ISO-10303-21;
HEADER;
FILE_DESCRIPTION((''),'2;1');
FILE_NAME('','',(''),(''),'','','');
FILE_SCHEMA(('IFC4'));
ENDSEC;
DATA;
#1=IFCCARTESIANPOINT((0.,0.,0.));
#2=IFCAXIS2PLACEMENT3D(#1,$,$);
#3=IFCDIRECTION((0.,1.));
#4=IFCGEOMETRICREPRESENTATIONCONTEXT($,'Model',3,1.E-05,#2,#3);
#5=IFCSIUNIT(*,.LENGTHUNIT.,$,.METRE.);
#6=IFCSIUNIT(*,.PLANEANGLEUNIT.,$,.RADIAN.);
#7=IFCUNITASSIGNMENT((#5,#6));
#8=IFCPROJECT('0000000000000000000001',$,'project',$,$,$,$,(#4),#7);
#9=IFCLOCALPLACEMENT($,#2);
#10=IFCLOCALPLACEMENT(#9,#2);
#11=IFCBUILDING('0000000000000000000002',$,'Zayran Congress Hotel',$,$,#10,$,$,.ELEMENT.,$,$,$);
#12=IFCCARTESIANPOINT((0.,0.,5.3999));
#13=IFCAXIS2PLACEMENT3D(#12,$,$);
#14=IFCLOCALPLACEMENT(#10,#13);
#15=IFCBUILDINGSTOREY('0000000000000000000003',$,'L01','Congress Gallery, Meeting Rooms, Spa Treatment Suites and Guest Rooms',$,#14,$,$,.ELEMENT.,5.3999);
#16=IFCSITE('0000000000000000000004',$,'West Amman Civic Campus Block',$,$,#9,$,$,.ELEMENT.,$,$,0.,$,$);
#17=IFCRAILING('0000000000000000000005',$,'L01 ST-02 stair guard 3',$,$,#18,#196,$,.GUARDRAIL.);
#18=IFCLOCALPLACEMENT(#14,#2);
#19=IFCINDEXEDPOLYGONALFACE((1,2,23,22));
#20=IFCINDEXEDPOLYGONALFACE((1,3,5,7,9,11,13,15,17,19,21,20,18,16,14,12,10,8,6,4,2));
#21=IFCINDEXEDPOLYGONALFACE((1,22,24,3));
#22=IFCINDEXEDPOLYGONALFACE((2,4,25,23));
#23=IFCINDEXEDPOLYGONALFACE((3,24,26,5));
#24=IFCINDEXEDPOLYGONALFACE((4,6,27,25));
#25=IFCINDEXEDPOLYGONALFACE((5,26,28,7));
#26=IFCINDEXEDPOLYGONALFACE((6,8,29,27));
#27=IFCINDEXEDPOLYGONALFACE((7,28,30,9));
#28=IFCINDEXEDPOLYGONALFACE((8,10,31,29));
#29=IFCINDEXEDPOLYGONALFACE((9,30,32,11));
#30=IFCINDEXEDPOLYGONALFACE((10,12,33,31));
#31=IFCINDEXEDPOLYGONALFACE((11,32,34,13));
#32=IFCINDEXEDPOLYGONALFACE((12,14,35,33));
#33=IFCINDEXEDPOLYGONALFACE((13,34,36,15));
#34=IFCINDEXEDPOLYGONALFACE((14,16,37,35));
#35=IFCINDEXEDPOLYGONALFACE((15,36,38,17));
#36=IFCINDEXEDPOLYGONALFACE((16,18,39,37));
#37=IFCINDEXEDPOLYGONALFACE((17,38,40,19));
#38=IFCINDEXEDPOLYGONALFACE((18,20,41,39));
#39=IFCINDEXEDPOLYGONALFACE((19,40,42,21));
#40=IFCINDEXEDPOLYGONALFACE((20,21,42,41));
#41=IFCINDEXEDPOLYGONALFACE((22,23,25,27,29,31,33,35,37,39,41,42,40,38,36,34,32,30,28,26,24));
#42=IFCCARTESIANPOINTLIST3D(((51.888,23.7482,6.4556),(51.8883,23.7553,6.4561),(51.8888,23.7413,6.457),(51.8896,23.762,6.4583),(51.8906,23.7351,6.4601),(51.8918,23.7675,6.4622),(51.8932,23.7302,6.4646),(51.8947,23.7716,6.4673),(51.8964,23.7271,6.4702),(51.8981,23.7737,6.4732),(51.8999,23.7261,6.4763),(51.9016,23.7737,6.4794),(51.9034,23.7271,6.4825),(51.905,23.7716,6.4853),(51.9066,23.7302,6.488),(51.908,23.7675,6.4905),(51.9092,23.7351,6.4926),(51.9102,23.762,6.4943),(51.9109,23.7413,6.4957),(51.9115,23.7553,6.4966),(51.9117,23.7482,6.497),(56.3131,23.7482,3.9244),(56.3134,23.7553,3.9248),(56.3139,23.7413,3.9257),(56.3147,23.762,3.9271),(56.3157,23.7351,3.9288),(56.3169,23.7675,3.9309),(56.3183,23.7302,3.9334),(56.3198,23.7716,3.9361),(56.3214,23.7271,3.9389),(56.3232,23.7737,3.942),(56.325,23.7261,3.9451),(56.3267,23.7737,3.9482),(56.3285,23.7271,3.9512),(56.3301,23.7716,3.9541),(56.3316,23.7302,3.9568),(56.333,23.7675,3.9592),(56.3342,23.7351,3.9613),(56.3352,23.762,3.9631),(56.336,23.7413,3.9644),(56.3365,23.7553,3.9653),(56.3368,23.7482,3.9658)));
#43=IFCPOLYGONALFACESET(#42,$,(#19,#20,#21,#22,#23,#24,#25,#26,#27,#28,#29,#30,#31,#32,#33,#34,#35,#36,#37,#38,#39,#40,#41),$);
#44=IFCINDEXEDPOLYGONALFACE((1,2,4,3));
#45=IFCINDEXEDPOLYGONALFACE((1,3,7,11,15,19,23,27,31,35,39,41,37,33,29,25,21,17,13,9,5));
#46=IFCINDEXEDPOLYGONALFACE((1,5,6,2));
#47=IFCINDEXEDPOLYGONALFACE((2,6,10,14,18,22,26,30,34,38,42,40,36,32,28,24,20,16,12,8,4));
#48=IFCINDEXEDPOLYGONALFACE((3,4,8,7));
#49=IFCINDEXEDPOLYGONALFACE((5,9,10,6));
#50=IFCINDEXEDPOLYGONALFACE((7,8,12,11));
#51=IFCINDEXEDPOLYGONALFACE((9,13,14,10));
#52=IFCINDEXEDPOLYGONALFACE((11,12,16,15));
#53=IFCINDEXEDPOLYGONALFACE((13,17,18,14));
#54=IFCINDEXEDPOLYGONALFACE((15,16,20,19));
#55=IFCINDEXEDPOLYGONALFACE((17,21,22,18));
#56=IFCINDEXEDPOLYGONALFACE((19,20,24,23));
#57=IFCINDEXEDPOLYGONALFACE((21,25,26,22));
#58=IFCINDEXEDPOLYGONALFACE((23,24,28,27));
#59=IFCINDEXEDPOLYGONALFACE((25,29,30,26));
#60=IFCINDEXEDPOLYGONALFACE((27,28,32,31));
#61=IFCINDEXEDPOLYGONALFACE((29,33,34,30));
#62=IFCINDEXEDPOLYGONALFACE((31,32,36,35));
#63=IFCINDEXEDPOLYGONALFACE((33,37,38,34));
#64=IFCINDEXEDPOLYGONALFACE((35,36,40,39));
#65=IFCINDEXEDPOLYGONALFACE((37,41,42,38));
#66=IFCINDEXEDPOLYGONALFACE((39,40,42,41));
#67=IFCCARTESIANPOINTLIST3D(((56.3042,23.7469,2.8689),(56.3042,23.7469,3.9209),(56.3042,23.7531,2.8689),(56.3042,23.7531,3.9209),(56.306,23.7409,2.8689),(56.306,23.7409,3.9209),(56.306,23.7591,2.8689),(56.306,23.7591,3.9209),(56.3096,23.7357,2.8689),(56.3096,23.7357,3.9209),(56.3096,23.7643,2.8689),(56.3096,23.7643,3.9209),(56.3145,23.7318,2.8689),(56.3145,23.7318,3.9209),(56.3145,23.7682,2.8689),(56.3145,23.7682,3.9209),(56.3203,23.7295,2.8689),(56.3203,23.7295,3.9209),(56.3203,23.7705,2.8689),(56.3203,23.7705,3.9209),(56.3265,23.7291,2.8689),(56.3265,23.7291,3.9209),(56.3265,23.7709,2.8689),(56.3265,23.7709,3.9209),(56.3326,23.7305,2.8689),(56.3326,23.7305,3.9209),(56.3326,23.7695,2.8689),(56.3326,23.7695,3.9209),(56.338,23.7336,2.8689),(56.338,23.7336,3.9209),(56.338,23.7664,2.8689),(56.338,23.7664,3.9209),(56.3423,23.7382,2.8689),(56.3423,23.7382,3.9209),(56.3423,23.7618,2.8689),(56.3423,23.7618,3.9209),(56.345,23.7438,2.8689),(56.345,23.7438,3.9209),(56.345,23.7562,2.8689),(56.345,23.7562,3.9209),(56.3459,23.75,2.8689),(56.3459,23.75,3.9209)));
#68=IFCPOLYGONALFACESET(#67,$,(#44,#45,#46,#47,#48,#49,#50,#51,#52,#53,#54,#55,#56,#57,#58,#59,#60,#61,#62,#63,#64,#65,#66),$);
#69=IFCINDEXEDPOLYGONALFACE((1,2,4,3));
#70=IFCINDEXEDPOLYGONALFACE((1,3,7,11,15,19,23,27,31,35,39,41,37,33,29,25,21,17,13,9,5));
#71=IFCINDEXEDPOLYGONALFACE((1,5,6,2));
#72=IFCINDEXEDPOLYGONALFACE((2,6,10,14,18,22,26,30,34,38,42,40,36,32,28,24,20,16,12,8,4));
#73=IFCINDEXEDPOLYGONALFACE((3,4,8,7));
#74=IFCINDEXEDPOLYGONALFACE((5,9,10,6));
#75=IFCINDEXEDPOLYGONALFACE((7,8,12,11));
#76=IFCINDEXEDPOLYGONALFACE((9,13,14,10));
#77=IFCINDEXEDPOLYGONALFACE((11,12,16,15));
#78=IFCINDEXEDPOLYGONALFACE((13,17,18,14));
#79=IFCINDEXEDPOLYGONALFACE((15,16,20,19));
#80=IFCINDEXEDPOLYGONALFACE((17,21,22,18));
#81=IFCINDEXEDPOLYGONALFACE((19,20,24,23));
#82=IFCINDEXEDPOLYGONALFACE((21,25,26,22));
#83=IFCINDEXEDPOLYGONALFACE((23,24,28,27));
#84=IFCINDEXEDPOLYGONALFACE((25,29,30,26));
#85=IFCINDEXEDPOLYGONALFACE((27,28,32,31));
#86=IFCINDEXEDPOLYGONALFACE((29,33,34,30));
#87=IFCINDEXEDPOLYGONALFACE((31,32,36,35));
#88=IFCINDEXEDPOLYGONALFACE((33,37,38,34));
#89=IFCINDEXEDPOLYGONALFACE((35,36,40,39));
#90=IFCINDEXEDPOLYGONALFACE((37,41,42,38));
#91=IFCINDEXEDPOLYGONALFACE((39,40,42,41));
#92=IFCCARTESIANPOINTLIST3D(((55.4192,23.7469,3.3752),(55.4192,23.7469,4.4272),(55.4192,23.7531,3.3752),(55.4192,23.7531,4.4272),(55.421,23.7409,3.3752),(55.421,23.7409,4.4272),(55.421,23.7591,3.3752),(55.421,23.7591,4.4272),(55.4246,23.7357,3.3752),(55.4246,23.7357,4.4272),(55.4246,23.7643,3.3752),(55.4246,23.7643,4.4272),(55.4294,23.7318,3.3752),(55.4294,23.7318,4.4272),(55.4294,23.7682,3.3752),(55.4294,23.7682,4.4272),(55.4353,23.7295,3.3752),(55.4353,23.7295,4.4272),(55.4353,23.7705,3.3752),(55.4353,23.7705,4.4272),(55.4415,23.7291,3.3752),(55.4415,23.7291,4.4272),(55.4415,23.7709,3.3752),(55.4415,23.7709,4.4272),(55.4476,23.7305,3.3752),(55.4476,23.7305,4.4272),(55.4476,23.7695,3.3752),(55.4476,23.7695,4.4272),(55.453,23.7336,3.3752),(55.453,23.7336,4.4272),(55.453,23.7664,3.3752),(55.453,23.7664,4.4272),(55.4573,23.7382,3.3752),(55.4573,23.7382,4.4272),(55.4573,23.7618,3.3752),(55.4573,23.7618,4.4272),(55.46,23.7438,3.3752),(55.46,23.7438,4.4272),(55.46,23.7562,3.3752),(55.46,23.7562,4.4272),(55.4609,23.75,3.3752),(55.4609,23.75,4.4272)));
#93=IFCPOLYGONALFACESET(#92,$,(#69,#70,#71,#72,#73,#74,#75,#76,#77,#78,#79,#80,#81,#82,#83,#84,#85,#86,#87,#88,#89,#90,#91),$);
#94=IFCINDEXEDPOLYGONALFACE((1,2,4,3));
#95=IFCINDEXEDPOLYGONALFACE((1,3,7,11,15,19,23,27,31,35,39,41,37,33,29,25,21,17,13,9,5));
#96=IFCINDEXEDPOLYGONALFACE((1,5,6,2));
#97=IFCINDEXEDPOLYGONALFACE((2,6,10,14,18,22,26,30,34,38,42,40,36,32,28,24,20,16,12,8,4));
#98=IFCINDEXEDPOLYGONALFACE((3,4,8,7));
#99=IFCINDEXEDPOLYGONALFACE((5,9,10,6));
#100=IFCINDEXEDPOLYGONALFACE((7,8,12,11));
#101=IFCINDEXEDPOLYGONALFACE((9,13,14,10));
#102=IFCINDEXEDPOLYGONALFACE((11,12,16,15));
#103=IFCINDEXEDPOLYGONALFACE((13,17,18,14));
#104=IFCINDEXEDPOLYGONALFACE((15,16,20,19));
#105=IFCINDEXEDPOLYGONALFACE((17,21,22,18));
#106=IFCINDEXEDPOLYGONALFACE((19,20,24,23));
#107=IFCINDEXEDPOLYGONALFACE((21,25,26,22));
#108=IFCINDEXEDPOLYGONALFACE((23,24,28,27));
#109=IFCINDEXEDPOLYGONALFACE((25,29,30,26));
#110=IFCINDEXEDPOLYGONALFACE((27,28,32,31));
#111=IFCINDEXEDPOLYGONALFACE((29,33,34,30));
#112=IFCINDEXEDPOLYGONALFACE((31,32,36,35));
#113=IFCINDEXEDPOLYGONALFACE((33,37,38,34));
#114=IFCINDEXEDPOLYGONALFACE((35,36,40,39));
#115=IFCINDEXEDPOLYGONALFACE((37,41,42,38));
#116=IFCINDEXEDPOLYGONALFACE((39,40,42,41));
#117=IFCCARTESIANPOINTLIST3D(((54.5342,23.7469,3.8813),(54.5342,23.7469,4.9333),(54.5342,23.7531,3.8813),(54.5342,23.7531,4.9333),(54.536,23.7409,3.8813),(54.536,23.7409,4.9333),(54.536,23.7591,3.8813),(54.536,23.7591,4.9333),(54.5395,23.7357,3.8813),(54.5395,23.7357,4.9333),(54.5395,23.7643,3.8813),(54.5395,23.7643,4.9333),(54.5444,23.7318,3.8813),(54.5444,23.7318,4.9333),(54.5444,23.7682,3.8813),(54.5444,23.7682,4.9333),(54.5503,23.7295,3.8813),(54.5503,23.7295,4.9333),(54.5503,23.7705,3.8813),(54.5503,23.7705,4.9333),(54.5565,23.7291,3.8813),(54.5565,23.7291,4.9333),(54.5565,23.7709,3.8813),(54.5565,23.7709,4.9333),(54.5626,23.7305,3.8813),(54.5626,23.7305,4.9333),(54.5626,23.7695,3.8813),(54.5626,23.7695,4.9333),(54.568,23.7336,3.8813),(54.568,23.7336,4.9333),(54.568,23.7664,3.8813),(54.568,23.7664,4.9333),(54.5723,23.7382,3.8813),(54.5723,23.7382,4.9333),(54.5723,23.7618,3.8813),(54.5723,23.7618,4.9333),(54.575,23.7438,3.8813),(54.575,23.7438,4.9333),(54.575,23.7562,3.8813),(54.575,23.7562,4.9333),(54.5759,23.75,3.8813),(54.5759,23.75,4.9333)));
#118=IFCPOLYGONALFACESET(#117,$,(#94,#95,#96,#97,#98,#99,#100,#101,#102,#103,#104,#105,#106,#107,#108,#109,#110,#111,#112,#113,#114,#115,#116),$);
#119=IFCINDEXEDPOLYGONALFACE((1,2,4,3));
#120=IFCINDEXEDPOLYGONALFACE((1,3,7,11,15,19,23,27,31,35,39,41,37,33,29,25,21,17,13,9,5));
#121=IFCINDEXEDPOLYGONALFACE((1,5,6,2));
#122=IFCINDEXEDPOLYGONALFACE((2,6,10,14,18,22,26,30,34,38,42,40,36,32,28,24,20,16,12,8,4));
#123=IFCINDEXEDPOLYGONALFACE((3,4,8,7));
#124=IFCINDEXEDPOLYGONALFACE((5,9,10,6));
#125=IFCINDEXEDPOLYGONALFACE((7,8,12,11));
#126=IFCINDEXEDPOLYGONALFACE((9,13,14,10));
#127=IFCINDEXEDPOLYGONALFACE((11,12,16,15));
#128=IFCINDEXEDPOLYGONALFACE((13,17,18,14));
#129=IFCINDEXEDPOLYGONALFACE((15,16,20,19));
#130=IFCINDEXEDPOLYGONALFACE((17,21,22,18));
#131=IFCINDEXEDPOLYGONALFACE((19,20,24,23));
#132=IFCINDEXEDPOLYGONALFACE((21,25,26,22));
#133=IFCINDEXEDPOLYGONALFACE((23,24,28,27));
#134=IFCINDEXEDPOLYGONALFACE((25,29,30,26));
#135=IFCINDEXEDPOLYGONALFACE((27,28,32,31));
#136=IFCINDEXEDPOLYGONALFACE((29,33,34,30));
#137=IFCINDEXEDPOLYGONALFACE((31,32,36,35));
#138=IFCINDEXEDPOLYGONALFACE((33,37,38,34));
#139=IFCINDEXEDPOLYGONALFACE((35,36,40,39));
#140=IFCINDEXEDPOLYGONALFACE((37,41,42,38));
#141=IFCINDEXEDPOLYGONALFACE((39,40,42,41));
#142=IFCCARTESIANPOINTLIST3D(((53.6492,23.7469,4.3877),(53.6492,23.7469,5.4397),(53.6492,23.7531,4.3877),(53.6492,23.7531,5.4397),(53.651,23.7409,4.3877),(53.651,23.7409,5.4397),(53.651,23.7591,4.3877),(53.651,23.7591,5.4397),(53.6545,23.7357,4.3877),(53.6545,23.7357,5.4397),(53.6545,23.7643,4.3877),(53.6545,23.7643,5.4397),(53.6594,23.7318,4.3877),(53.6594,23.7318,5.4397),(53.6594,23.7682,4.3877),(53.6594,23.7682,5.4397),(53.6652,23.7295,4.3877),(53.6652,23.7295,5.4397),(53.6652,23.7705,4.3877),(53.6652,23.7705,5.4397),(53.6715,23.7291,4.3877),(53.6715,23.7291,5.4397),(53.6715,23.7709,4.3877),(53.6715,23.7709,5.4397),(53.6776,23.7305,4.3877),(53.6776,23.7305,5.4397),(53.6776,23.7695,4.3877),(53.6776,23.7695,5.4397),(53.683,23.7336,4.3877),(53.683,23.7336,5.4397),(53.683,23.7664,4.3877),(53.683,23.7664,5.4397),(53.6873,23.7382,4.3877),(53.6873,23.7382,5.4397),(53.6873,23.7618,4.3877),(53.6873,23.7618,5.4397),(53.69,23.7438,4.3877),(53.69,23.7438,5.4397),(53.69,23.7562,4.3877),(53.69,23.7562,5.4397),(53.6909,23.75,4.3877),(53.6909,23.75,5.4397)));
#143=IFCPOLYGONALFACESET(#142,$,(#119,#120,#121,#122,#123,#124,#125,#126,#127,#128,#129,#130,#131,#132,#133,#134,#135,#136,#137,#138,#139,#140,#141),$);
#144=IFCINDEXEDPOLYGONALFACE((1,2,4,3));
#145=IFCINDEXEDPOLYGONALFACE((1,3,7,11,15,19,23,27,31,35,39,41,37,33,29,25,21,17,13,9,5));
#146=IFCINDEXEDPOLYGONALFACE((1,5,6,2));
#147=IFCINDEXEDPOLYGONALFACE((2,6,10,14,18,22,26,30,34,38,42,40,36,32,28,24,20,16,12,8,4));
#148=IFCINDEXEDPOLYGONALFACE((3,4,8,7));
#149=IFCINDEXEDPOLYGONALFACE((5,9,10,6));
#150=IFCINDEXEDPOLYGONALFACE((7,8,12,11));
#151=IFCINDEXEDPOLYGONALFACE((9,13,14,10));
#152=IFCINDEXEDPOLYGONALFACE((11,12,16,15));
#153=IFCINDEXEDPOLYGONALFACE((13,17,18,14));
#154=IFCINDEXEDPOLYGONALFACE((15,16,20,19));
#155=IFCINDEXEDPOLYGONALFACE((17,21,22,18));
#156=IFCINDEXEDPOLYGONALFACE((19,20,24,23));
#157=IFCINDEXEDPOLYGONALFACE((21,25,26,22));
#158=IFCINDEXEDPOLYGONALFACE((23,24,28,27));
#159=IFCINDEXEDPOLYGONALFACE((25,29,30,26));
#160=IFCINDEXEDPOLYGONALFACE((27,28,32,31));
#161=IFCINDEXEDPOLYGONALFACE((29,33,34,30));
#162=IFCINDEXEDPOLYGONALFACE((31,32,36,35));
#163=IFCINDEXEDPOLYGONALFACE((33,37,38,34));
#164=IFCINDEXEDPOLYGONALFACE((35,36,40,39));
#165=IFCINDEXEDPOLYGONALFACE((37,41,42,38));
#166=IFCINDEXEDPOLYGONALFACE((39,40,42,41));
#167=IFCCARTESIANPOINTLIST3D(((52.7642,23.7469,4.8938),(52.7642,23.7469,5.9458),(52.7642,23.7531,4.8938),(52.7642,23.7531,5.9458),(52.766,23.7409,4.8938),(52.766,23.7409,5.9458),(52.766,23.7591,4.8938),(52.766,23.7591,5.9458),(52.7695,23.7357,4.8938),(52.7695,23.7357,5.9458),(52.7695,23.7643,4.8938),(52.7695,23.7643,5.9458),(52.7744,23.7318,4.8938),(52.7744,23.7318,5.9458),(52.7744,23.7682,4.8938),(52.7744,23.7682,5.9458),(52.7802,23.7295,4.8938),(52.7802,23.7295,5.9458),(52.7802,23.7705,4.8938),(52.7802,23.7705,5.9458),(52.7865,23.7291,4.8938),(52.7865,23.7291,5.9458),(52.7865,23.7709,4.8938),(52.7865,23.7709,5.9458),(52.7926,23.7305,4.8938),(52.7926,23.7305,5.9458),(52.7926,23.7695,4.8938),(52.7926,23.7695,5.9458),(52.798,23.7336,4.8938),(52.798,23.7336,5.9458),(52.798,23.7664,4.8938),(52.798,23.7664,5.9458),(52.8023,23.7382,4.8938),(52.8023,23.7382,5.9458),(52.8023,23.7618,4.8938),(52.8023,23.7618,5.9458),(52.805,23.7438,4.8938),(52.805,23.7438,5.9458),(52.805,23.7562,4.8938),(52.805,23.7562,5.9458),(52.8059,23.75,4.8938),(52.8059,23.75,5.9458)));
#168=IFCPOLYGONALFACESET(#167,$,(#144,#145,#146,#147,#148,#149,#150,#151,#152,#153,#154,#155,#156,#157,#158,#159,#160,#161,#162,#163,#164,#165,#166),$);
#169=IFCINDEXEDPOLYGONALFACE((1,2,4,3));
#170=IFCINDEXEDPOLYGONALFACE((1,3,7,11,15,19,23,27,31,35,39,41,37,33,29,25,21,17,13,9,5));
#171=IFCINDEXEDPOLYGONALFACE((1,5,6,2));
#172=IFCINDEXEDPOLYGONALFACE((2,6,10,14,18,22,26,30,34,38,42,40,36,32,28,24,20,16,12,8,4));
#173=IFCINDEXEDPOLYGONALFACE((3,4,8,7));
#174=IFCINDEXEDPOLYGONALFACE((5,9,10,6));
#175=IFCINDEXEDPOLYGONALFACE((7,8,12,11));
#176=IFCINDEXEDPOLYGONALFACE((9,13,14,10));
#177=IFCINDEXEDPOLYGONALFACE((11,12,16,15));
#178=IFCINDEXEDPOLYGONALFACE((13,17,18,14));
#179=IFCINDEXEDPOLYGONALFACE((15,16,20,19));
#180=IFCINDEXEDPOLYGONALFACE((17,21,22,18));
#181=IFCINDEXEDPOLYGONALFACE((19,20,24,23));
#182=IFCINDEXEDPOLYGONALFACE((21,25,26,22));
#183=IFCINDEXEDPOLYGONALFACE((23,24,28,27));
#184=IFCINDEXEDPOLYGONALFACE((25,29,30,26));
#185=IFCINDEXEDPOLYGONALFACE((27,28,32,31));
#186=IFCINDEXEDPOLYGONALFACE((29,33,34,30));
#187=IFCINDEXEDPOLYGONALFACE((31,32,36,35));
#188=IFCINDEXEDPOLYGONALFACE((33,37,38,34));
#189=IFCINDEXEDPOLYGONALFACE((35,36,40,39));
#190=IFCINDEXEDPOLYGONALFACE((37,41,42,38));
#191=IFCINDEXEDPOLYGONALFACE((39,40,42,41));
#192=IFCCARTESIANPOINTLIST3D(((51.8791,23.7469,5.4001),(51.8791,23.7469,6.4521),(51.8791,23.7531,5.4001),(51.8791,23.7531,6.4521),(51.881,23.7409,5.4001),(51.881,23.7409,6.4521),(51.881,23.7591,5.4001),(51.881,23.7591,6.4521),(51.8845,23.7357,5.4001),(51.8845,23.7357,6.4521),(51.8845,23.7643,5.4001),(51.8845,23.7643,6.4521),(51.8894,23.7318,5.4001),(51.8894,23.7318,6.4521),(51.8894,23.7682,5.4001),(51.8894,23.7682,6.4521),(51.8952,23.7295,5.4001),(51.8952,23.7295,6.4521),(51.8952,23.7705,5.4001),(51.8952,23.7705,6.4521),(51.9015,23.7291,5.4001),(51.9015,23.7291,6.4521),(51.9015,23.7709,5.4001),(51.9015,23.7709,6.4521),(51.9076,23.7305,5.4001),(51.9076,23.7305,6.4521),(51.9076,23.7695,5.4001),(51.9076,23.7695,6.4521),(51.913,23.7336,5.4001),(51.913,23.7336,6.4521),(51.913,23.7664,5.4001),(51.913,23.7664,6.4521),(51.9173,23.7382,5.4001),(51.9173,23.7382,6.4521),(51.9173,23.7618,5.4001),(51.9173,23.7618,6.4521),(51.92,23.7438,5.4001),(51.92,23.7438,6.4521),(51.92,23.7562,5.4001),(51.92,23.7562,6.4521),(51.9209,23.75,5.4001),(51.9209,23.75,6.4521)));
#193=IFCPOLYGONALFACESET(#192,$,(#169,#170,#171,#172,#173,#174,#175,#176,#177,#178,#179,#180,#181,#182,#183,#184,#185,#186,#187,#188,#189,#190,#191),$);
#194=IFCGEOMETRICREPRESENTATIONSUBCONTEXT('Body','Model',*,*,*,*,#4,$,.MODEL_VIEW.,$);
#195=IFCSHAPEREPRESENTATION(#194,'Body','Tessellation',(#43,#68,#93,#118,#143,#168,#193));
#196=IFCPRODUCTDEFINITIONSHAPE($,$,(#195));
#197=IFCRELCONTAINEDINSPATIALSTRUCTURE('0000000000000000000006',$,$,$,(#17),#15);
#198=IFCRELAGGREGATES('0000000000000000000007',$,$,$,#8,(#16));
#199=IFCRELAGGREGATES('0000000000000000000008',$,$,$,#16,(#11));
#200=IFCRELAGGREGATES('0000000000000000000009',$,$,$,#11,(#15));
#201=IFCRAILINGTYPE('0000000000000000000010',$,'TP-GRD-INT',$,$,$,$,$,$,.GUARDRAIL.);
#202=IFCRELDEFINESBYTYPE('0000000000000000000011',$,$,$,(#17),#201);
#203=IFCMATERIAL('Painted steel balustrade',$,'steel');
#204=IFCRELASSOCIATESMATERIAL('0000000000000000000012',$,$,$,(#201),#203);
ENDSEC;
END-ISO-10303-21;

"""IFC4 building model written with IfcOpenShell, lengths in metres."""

from ifc_helpers import new_model, si_unit, direction, frame, origin, origin_2d, place, context, subcontext, project, spatial, circle, extrude, material, type_object, element, save


model = new_model("IFC4")

# Units and contexts
model_context = context("Model", 3, precision=1e-05, world=origin(), true_north=direction((0.0, 1.0)))
body_context = subcontext(model_context, "Body", "Model", "MODEL_VIEW")
ifc_project = project(units=[si_unit("LENGTHUNIT", "METRE"), si_unit("PLANEANGLEUNIT", "RADIAN")], contexts=[model_context])

# Site, building, storey
site_placement = place(None, origin())
site = spatial("IfcSite", under=ifc_project, at=site_placement, Name="West Amman Civic Campus Block", CompositionType="ELEMENT", RefElevation=0.0)
building_placement = place(site_placement, origin())
building = spatial("IfcBuilding", under=site, at=building_placement, Name="Zayran Congress Hotel", CompositionType="ELEMENT")
storey_placement = place(building_placement, frame((0.0, 0.0, 5.3999)))
storey = spatial("IfcBuildingStorey", under=building, at=storey_placement, Name="L01", Description="Congress Gallery, Meeting Rooms, Spa Treatment Suites and Guest Rooms", CompositionType="ELEMENT", Elevation=5.3999)

# Railing
ifc_material_1 = material(Name="Painted steel balustrade", Category="steel")
railing_type_1 = type_object("IfcRailingType", Name="TP-GRD-INT", PredefinedType="GUARDRAIL", material=ifc_material_1)
railing_1_placement = place(storey_placement, frame((56.325, 23.75, 2.8689)))
element("IfcRailing", 1, at=railing_1_placement, inside=storey, type_object=railing_type_1, Name="L01 ST-02 stair guard 3", PredefinedType="GUARDRAIL", context=body_context, shape_type="SweptSolid", body=[
    extrude(circle(Radius=0.0239, at=origin_2d()), frame((0.0, 0.0, 1.0762), z_axis=(-0.868019, 0.0, 0.496531), x_axis=(0.0, -1.0, 0.0)), (0.0, 0.0, 1.0), 5.0979),
    extrude(circle(Radius=0.021, at=origin_2d()), origin(), (0.0, 0.0, 1.0), 1.052),
    extrude(circle(Radius=0.021, at=origin_2d()), frame((-0.885, 0.0, 0.5063)), (0.0, 0.0, 1.0), 1.052),
    extrude(circle(Radius=0.021, at=origin_2d()), frame((-1.77, 0.0, 1.0125)), (0.0, 0.0, 1.0), 1.052),
    extrude(circle(Radius=0.021, at=origin_2d()), frame((-2.655, 0.0, 1.5188)), (0.0, 0.0, 1.0), 1.052),
    extrude(circle(Radius=0.021, at=origin_2d()), frame((-3.54, 0.0, 2.0249)), (0.0, 0.0, 1.0), 1.052),
    extrude(circle(Radius=0.021, at=origin_2d()), frame((-4.425, 0.0, 2.5312)), (0.0, 0.0, 1.0), 1.052),
])

save(model, "model.ifc")
